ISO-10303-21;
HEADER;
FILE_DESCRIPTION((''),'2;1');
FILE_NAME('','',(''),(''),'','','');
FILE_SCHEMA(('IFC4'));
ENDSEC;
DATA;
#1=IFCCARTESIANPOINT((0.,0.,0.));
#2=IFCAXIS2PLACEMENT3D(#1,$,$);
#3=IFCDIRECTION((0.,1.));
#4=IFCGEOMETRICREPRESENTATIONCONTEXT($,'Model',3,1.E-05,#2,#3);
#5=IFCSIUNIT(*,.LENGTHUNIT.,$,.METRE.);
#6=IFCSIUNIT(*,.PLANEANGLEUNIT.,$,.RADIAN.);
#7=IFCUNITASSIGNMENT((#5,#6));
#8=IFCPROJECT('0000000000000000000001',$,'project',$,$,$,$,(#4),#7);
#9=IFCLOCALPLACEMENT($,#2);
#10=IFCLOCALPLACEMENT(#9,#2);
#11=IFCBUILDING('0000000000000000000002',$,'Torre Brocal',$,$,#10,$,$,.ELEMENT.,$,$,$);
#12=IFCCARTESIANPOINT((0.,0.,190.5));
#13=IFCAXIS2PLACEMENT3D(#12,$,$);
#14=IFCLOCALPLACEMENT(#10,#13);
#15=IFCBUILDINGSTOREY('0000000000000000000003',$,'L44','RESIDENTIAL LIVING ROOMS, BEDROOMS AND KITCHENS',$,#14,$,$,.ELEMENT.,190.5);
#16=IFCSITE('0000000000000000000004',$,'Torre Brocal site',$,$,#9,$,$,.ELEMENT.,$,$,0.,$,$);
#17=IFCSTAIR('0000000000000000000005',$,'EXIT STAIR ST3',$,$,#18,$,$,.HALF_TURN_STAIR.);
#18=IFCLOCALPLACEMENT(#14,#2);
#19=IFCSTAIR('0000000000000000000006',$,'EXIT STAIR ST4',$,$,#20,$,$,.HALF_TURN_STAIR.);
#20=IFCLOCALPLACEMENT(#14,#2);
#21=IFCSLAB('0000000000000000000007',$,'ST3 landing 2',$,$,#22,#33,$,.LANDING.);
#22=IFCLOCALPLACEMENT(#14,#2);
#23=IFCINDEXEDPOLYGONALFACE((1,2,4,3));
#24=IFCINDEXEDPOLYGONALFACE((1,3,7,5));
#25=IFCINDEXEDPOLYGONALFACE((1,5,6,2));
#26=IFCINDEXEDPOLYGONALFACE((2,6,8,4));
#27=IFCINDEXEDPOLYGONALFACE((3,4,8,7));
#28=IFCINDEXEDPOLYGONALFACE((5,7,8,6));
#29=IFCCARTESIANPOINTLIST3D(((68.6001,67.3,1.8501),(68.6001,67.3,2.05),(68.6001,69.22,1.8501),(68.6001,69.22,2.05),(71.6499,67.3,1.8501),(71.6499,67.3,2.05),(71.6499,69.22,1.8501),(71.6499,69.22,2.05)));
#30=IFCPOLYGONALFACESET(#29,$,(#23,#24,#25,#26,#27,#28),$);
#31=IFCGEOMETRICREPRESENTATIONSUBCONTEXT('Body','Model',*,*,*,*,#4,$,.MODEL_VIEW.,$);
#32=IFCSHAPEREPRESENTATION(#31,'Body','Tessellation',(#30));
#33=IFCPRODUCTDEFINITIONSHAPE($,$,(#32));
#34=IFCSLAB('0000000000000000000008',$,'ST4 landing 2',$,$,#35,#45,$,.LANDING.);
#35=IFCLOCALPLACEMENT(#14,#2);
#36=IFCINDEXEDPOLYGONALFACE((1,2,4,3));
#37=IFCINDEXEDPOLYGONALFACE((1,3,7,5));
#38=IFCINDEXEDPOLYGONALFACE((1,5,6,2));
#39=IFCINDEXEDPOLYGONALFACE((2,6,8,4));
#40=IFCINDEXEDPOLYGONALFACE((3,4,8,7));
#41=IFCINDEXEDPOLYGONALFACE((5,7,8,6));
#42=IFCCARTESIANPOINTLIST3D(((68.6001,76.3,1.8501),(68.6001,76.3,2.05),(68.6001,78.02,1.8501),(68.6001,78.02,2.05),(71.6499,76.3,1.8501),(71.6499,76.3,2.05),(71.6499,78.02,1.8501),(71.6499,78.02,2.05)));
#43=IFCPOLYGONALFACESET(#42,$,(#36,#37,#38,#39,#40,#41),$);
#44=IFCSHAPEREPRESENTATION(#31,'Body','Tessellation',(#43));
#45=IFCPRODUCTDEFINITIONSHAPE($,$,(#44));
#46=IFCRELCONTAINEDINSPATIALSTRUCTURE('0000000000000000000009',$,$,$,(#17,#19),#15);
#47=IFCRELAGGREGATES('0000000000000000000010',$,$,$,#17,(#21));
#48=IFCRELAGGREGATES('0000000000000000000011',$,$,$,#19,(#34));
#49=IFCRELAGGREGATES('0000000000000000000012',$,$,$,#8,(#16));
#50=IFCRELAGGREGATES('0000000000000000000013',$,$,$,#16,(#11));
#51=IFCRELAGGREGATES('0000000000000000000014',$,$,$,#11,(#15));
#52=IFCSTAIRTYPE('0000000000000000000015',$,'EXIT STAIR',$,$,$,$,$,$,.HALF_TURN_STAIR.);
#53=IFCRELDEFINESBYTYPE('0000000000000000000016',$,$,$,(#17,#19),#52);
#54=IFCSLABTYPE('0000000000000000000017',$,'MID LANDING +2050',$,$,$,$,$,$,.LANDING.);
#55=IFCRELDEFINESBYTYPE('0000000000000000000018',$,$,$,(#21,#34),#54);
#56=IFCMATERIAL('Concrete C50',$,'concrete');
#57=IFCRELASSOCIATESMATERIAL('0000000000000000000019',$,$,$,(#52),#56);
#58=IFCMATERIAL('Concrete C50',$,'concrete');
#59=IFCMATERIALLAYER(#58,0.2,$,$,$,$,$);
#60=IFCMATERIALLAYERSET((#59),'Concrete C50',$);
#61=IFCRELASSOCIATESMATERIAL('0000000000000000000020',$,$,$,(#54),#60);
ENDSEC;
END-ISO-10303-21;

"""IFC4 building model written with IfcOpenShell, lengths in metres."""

from ifc_helpers import new_model, si_unit, direction, frame, origin, place, context, subcontext, project, spatial, polyline, outline, extrude, material, layer, layer_set, type_object, element, aggregate, save


model = new_model("IFC4")

# Units and contexts
model_context = context("Model", 3, precision=1e-05, world=origin(), true_north=direction((0.0, 1.0)))
body_context = subcontext(model_context, "Body", "Model", "MODEL_VIEW")
ifc_project = project(units=[si_unit("LENGTHUNIT", "METRE"), si_unit("PLANEANGLEUNIT", "RADIAN")], contexts=[model_context])

# Site, building, storey
site_placement = place(None, origin())
site = spatial("IfcSite", under=ifc_project, at=site_placement, Name="Torre Brocal site", CompositionType="ELEMENT", RefElevation=0.0)
building_placement = place(site_placement, origin())
building = spatial("IfcBuilding", under=site, at=building_placement, Name="Torre Brocal", CompositionType="ELEMENT")
storey_placement = place(building_placement, frame((0.0, 0.0, 190.5)))
storey = spatial("IfcBuildingStorey", under=building, at=storey_placement, Name="L44", Description="RESIDENTIAL LIVING ROOMS, BEDROOMS AND KITCHENS", CompositionType="ELEMENT", Elevation=190.5)

# Stairs
ifc_material_1 = material(Name="Concrete C50", Category="concrete")
stair_type = type_object("IfcStairType", Name="EXIT STAIR", PredefinedType="HALF_TURN_STAIR", material=ifc_material_1)
stair_1_placement = place(storey_placement, origin())
stair_1 = element("IfcStair", 1, at=stair_1_placement, inside=storey, type_object=stair_type, Name="EXIT STAIR ST3", PredefinedType="HALF_TURN_STAIR")
stair_2_placement = place(storey_placement, origin())
stair_2 = element("IfcStair", 2, at=stair_2_placement, inside=storey, type_object=stair_type, Name="EXIT STAIR ST4", PredefinedType="HALF_TURN_STAIR")

# Slabs
ifc_material_2 = material(Name="Concrete C50", Category="concrete")
ifc_layer_1 = layer(ifc_material_2, 0.2)
ifc_layer_set_1 = layer_set([ifc_layer_1], Name="Concrete C50")
slab_type_1 = type_object("IfcSlabType", Name="MID LANDING +2050", PredefinedType="LANDING", material=ifc_layer_set_1)
slab_1_placement = place(storey_placement, frame((0.0, 0.0, 1.8501)))
slab_1 = element("IfcSlab", 3, at=slab_1_placement, type_object=slab_type_1, Name="ST3 landing 2", PredefinedType="LANDING", context=body_context, shape_type="SweptSolid", body=[
    extrude(outline(polyline([(71.6499, 69.22), (68.6001, 69.22), (68.6001, 67.3), (71.6499, 67.3), (71.6499, 69.22)])), origin(), (0.0, 0.0, 1.0), 0.2),
])
aggregate(stair_1, [slab_1])
slab_2_placement = place(storey_placement, frame((0.0, 0.0, 1.8501)))
slab_2 = element("IfcSlab", 4, at=slab_2_placement, type_object=slab_type_1, Name="ST4 landing 2", PredefinedType="LANDING", context=body_context, shape_type="SweptSolid", body=[
    extrude(outline(polyline([(71.6499, 78.02), (68.6001, 78.02), (68.6001, 76.3), (71.6499, 76.3), (71.6499, 78.02)])), origin(), (0.0, 0.0, 1.0), 0.2),
])
aggregate(stair_2, [slab_2])

save(model, "model.ifc")
